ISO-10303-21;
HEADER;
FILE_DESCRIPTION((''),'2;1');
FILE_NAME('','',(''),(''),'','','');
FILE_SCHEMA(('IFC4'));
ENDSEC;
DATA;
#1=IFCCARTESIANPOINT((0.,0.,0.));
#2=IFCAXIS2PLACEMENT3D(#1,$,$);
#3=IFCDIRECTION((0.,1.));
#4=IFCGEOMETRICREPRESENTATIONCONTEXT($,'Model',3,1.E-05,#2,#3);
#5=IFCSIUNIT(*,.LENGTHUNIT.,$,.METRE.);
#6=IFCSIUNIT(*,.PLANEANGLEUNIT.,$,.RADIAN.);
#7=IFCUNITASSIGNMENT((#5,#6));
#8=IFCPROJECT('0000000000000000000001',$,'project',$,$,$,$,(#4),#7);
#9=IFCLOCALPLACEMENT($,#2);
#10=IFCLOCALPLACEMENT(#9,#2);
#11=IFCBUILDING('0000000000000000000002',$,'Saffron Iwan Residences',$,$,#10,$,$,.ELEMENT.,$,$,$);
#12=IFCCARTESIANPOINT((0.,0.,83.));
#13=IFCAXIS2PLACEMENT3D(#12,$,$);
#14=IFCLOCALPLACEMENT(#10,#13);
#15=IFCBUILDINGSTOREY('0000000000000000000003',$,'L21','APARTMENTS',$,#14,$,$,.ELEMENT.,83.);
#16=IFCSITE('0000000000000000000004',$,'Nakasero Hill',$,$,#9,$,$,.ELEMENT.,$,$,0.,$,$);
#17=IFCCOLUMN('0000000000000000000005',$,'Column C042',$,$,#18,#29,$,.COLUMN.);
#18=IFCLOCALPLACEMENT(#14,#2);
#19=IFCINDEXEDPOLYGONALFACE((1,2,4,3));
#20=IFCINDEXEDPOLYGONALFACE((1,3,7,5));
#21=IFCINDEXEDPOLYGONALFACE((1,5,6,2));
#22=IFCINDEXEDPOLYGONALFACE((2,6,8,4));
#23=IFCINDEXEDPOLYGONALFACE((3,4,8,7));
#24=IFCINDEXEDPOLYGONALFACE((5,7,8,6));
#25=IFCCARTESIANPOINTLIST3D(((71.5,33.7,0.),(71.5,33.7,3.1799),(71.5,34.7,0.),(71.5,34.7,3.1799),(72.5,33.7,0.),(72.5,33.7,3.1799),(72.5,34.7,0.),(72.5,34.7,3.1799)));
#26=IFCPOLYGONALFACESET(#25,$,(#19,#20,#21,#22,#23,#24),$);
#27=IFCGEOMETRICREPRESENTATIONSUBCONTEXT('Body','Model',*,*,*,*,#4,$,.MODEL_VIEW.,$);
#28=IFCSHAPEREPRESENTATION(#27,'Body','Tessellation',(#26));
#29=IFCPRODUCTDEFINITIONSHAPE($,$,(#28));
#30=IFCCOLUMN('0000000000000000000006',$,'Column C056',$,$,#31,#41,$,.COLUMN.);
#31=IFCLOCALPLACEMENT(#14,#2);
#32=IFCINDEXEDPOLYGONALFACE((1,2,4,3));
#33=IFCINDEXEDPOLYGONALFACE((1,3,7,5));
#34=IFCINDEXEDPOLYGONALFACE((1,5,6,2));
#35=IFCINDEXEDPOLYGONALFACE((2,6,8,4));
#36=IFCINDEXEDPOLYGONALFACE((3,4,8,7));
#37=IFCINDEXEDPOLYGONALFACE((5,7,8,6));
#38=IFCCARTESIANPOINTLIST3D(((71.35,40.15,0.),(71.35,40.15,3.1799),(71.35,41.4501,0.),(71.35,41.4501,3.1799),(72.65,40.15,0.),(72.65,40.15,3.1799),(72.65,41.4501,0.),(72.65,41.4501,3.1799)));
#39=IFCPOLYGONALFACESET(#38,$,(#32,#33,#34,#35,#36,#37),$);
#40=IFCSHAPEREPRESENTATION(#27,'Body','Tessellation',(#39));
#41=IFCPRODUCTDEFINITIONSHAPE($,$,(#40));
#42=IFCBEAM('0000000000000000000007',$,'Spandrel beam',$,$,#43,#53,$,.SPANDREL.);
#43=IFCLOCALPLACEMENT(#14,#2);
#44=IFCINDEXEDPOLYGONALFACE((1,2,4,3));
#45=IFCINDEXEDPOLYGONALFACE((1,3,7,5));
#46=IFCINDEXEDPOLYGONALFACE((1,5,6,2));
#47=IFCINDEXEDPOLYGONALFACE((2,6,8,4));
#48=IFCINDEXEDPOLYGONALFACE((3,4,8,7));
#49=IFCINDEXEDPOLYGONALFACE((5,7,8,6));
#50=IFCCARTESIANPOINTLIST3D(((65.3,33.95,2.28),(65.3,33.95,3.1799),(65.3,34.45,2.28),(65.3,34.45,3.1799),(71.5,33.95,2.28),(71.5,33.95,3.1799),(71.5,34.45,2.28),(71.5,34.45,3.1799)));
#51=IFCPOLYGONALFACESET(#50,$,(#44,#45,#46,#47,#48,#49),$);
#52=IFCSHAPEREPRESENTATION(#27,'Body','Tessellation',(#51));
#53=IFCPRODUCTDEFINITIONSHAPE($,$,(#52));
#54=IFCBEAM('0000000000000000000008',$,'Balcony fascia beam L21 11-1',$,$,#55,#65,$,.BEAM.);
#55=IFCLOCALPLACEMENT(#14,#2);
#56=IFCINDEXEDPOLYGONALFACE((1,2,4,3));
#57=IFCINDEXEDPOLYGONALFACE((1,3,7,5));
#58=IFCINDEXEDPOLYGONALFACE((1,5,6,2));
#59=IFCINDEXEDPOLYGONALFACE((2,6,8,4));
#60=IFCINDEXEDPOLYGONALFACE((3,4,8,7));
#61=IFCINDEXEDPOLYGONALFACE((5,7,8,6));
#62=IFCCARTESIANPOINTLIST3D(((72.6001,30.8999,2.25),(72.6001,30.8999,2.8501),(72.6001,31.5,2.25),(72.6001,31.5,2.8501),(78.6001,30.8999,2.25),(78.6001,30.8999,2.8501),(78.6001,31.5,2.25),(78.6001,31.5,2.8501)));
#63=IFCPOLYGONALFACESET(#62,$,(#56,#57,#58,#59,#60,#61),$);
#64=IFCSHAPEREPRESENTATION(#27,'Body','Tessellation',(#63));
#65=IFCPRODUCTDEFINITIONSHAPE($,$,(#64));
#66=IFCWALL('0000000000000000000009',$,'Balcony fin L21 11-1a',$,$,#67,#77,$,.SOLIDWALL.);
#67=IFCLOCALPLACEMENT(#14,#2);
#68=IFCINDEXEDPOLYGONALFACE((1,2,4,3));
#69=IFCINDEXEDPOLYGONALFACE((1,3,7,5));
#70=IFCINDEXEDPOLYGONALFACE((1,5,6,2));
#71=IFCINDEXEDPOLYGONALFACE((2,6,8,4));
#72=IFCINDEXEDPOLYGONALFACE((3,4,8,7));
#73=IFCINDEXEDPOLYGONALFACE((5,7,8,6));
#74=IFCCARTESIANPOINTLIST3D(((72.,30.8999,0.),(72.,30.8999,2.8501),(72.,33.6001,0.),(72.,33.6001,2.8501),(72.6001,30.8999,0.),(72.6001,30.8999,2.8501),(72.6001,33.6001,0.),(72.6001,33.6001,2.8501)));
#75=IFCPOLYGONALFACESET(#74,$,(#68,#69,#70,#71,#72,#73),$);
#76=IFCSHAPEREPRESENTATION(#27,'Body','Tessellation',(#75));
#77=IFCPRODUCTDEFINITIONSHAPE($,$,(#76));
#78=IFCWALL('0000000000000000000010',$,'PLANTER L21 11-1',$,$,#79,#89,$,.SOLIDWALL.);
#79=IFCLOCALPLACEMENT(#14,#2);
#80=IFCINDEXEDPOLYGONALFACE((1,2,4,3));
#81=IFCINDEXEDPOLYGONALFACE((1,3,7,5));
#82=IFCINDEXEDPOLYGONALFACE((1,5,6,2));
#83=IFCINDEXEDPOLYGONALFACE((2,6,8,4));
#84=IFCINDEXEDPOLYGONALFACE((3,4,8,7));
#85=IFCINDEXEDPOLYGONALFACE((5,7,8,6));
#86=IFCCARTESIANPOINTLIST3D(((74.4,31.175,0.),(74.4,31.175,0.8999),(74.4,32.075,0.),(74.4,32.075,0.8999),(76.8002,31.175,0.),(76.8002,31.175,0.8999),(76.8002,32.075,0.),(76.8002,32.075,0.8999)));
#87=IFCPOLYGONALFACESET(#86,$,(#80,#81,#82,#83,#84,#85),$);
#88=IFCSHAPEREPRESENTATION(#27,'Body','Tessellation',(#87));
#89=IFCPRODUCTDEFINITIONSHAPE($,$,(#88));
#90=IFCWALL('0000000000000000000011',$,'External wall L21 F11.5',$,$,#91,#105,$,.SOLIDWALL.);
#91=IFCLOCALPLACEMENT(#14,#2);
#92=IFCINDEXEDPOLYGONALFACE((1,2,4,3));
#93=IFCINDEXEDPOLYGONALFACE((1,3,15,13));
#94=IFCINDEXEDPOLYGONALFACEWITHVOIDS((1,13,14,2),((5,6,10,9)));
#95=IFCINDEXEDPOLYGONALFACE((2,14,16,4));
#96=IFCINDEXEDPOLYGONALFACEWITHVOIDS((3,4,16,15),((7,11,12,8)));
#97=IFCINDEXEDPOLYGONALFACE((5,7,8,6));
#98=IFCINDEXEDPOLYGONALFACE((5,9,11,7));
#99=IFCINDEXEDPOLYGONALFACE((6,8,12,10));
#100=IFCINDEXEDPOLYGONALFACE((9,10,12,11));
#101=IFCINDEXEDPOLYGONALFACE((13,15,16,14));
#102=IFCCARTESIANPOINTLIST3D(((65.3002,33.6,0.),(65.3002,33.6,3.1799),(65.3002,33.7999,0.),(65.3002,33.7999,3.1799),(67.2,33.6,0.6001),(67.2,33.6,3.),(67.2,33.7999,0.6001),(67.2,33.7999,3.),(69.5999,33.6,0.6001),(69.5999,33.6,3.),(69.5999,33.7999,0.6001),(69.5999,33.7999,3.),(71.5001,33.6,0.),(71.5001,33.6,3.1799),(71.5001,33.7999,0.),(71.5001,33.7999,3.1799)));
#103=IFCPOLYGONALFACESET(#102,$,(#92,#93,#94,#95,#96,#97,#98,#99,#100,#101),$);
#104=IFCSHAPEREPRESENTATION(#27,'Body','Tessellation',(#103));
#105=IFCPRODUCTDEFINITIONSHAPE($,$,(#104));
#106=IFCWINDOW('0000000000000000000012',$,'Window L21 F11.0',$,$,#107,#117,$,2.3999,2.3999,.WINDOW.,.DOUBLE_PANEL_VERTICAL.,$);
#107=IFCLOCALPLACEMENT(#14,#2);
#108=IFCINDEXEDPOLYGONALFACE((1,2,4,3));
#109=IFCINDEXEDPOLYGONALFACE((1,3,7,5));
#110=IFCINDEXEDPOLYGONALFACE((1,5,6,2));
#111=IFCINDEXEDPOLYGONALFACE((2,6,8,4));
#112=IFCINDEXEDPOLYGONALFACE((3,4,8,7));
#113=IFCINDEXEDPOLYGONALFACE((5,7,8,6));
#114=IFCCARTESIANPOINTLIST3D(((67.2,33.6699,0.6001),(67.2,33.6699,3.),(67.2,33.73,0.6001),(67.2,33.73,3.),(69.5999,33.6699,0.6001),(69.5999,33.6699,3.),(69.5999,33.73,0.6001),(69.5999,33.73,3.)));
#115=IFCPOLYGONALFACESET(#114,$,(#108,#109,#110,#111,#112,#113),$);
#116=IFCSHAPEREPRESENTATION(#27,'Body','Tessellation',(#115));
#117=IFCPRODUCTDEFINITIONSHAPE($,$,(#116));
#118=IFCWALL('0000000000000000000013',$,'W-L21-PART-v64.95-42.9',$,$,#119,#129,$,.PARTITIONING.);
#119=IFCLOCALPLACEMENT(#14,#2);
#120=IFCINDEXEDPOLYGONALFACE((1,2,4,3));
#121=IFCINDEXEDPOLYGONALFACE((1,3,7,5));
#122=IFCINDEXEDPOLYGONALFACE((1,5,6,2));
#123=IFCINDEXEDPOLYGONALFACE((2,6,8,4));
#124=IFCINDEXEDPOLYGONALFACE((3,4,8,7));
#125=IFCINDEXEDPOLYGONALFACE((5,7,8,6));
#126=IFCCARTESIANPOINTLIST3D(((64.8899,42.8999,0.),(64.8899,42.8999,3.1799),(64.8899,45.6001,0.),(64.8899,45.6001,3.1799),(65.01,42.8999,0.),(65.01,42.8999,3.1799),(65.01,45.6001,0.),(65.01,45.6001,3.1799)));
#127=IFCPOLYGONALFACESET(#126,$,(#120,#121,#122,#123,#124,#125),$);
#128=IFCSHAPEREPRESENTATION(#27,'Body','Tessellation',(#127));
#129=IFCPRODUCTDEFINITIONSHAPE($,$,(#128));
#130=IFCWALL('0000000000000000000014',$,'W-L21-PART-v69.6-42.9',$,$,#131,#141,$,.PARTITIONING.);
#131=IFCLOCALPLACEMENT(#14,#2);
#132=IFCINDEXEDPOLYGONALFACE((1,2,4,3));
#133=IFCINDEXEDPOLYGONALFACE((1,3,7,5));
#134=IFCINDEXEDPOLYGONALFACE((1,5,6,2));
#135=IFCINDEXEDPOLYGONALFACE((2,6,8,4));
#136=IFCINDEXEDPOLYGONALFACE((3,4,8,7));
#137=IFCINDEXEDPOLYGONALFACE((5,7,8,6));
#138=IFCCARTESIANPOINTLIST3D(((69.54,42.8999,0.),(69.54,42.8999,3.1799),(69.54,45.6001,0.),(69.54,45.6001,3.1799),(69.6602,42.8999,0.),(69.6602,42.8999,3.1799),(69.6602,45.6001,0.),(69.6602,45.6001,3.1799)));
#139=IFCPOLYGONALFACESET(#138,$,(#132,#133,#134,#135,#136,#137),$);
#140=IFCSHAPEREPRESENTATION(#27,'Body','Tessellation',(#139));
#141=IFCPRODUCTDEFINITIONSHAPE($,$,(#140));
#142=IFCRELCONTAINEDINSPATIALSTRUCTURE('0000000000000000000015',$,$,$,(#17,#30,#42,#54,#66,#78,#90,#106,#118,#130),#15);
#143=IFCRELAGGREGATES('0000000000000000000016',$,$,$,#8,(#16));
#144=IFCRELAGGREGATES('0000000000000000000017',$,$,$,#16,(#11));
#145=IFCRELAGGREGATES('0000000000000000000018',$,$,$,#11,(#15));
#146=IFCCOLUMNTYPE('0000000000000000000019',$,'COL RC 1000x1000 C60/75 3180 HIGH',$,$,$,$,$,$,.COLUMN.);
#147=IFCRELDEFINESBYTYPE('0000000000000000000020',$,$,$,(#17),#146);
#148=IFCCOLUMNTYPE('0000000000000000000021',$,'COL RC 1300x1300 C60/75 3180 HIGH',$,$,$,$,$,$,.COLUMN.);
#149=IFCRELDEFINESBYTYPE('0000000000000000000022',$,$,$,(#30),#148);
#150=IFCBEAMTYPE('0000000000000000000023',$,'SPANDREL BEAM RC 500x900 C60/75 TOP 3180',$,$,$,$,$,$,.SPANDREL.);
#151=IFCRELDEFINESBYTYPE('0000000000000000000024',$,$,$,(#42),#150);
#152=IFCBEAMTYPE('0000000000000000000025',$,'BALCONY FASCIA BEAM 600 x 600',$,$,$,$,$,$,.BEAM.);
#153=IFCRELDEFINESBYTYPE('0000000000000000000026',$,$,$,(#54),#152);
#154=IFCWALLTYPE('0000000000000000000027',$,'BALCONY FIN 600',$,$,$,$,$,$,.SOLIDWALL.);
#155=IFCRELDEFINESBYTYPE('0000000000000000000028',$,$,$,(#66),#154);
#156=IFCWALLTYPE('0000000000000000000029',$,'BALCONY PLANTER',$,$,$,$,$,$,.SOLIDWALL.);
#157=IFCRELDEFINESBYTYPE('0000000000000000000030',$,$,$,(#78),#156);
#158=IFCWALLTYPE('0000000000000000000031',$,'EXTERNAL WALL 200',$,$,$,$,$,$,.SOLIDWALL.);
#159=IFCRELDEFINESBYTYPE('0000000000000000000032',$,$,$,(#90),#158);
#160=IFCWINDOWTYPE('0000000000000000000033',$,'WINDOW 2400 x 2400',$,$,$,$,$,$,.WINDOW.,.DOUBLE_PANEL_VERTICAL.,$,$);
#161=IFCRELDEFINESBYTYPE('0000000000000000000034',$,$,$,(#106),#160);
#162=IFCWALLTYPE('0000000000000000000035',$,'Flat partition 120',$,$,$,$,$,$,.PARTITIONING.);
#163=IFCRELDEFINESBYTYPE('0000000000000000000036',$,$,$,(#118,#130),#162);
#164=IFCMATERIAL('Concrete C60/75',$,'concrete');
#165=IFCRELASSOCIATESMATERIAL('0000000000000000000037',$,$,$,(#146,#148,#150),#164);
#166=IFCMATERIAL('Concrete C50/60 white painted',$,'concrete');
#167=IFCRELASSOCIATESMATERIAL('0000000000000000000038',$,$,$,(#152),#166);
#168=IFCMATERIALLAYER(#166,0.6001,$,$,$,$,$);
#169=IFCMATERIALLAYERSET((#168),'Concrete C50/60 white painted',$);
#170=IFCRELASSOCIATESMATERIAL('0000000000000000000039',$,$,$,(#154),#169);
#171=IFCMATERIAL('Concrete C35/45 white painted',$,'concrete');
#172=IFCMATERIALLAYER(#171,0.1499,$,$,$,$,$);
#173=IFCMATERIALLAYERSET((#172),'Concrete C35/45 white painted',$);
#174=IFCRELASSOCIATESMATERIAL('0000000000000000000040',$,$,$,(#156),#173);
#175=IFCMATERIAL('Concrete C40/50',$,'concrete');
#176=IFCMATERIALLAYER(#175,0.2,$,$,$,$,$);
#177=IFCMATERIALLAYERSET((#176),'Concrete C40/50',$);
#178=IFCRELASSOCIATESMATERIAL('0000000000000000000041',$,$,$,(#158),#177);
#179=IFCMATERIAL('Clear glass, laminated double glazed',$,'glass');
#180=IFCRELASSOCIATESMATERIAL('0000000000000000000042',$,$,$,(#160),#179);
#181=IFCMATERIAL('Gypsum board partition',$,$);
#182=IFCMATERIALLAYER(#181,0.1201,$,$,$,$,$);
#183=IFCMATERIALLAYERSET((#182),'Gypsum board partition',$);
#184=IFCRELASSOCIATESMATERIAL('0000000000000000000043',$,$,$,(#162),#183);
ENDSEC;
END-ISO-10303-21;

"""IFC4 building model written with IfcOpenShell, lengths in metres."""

from ifc_helpers import new_model, si_unit, direction, frame, frame_2d, origin, origin_2d, place, context, subcontext, project, spatial, rectangle, extrude, source, transform, mapped, material, layer, layer_set, material_profile, profile_set, type_object, element, fill, save


model = new_model("IFC4")

# Units and contexts
model_context = context("Model", 3, precision=1e-05, world=origin(), true_north=direction((0.0, 1.0)))
body_context = subcontext(model_context, "Body", "Model", "MODEL_VIEW")
ifc_project = project(units=[si_unit("LENGTHUNIT", "METRE"), si_unit("PLANEANGLEUNIT", "RADIAN")], contexts=[model_context])

# Site, building, storey
site_placement = place(None, origin())
site = spatial("IfcSite", under=ifc_project, at=site_placement, Name="Nakasero Hill", CompositionType="ELEMENT", RefElevation=0.0)
building_placement = place(site_placement, origin())
building = spatial("IfcBuilding", under=site, at=building_placement, Name="Saffron Iwan Residences", CompositionType="ELEMENT")
storey_placement = place(building_placement, frame((0.0, 0.0, 83.0)))
storey = spatial("IfcBuildingStorey", under=building, at=storey_placement, Name="L21", Description="APARTMENTS", CompositionType="ELEMENT", Elevation=83.0)

# Columns
ifc_material_1 = material(Name="Concrete C60/75", Category="concrete")
ifc_material_profile_1 = material_profile(ifc_material_1, rectangle(XDim=1.0, YDim=1.0, at=origin_2d()), Name="RC 1000x1000")
ifc_profile_set_1 = profile_set([ifc_material_profile_1], Name="Concrete C60/75")
column_type_1 = type_object("IfcColumnType", Name="COL RC 1000x1000 C60/75 3180 HIGH", PredefinedType="COLUMN", material=ifc_profile_set_1)
shared_shape_1 = source(origin(), body_context, "Body", "SweptSolid", [
    extrude(rectangle(XDim=1.0, YDim=1.0, at=origin_2d()), origin(), (0.0, 0.0, 1.0), 3.1799),
])
column_1_placement = place(storey_placement, frame((72.0, 34.2, 0.0), z_axis=(0.0, 0.0, 1.0), x_axis=(1.0, 0.0, 0.0)))
element("IfcColumn", 1, at=column_1_placement, inside=storey, type_object=column_type_1, Name="Column C042", PredefinedType="COLUMN", context=body_context, shape_type="MappedRepresentation", body=[
    mapped(shared_shape_1, transform((0.0, 0.0, 0.0))),
])
ifc_material_profile_2 = material_profile(ifc_material_1, rectangle(XDim=1.3, YDim=1.3, at=origin_2d()), Name="RC 1300x1300")
ifc_profile_set_2 = profile_set([ifc_material_profile_2], Name="Concrete C60/75")
column_type_2 = type_object("IfcColumnType", Name="COL RC 1300x1300 C60/75 3180 HIGH", PredefinedType="COLUMN", material=ifc_profile_set_2)
shared_shape_2 = source(origin(), body_context, "Body", "SweptSolid", [
    extrude(rectangle(XDim=1.3, YDim=1.3, at=origin_2d()), origin(), (0.0, 0.0, 1.0), 3.1799),
])
column_2_placement = place(storey_placement, frame((72.0, 40.8, 0.0), z_axis=(0.0, 0.0, 1.0), x_axis=(1.0, 0.0, 0.0)))
element("IfcColumn", 2, at=column_2_placement, inside=storey, type_object=column_type_2, Name="Column C056", PredefinedType="COLUMN", context=body_context, shape_type="MappedRepresentation", body=[
    mapped(shared_shape_2, transform((0.0, 0.0, 0.0))),
])

# Beams
ifc_material_profile_3 = material_profile(ifc_material_1, rectangle(XDim=0.5, YDim=0.8999, at=origin_2d()), Name="RC 500x900")
ifc_profile_set_3 = profile_set([ifc_material_profile_3], Name="Concrete C60/75")
beam_type_1 = type_object("IfcBeamType", Name="SPANDREL BEAM RC 500x900 C60/75 TOP 3180", PredefinedType="SPANDREL", material=ifc_profile_set_3)
shared_shape_3 = source(origin(), body_context, "Body", "SweptSolid", [
    extrude(rectangle(XDim=0.5, YDim=0.8999, at=origin_2d()), origin(), (0.0, 0.0, 1.0), 6.2),
])
beam_1_placement = place(storey_placement, frame((71.5, 34.2, 2.73), z_axis=(-1.0, 0.0, 0.0), x_axis=(0.0, -1.0, 0.0)))
element("IfcBeam", 3, at=beam_1_placement, inside=storey, type_object=beam_type_1, Name="Spandrel beam", PredefinedType="SPANDREL", context=body_context, shape_type="MappedRepresentation", body=[
    mapped(shared_shape_3, transform((0.0, 0.0, 0.0))),
])
ifc_material_2 = material(Name="Concrete C50/60 white painted", Category="concrete")
ifc_material_profile_4 = material_profile(ifc_material_2, rectangle(XDim=0.6001, YDim=0.6001, at=origin_2d()), Name="BALCONY FASCIA BEAM 600 x 600")
ifc_profile_set_4 = profile_set([ifc_material_profile_4], Name="Concrete C50/60 white painted")
beam_type_2 = type_object("IfcBeamType", Name="BALCONY FASCIA BEAM 600 x 600", PredefinedType="BEAM", material=ifc_profile_set_4)
shared_shape_4 = source(origin(), body_context, "Body", "SweptSolid", [
    extrude(rectangle(XDim=0.6001, YDim=0.6001, at=origin_2d()), origin(), (0.0, 0.0, 1.0), 6.0),
])
beam_2_placement = place(storey_placement, frame((72.6001, 31.2, 2.55), z_axis=(1.0, 0.0, 0.0), x_axis=(0.0, 1.0, 0.0)))
element("IfcBeam", 4, at=beam_2_placement, inside=storey, type_object=beam_type_2, Name="Balcony fascia beam L21 11-1", PredefinedType="BEAM", context=body_context, shape_type="MappedRepresentation", body=[
    mapped(shared_shape_4, transform((0.0, 0.0, 0.0))),
])

# Walls
ifc_layer_1 = layer(ifc_material_2, 0.6001)
ifc_layer_set_1 = layer_set([ifc_layer_1], Name="Concrete C50/60 white painted")
wall_type_1 = type_object("IfcWallType", Name="BALCONY FIN 600", PredefinedType="SOLIDWALL", material=ifc_layer_set_1)
wall_1_placement = place(storey_placement, frame((72.3, 33.6001, 0.0), z_axis=(0.0, 0.0, 1.0), x_axis=(0.0, -1.0, 0.0)))
element("IfcWall", 5, at=wall_1_placement, inside=storey, type_object=wall_type_1, Name="Balcony fin L21 11-1a", PredefinedType="SOLIDWALL", context=body_context, shape_type="SweptSolid", body=[
    extrude(rectangle(XDim=2.7002, YDim=0.6001, at=frame_2d((1.3501, 0.0))), origin(), (0.0, 0.0, 1.0), 2.8501),
])
ifc_material_3 = material(Name="Concrete C35/45 white painted", Category="concrete")
ifc_layer_2 = layer(ifc_material_3, 0.1499)
ifc_layer_set_2 = layer_set([ifc_layer_2], Name="Concrete C35/45 white painted")
wall_type_2 = type_object("IfcWallType", Name="BALCONY PLANTER", PredefinedType="SOLIDWALL", material=ifc_layer_set_2)
wall_2_placement = place(storey_placement, frame((74.3999, 31.625, 0.0), z_axis=(0.0, 0.0, 1.0), x_axis=(1.0, 0.0, 0.0)))
element("IfcWall", 6, at=wall_2_placement, inside=storey, type_object=wall_type_2, Name="PLANTER L21 11-1", PredefinedType="SOLIDWALL", context=body_context, shape_type="SweptSolid", body=[
    extrude(rectangle(XDim=2.4001, YDim=0.8999, at=frame_2d((1.2002, 0.0))), origin(), (0.0, 0.0, 1.0), 0.8999),
])

# Wall, opening, window
ifc_material_4 = material(Name="Concrete C40/50", Category="concrete")
ifc_layer_3 = layer(ifc_material_4, 0.2)
ifc_layer_set_3 = layer_set([ifc_layer_3], Name="Concrete C40/50")
wall_type_3 = type_object("IfcWallType", Name="EXTERNAL WALL 200", PredefinedType="SOLIDWALL", material=ifc_layer_set_3)
wall_3_placement = place(storey_placement, frame((65.3, 33.7, 0.0), z_axis=(0.0, 0.0, 1.0), x_axis=(1.0, 0.0, 0.0)))
wall_3 = element("IfcWall", 7, at=wall_3_placement, inside=storey, type_object=wall_type_3, Name="External wall L21 F11.5", PredefinedType="SOLIDWALL", context=body_context, shape_type="SweptSolid", body=[
    extrude(rectangle(XDim=6.2, YDim=0.2, at=frame_2d((3.1001, 0.0))), origin(), (0.0, 0.0, 1.0), 3.1799),
])
opening_1_placement = place(wall_3_placement, frame((1.8999, 0.0, 0.6001)))
opening_1 = element("IfcOpeningElement", 8, at=opening_1_placement, cuts=wall_3, PredefinedType="OPENING", context=body_context, shape_type="SweptSolid", body=[
    extrude(rectangle(XDim=2.3999, YDim=2.3999, at=frame_2d((1.2, 1.2))), frame((0.0, 0.1099, 0.0), z_axis=(0.0, -1.0, 0.0), x_axis=(1.0, 0.0, 0.0)), (0.0, 0.0, 1.0), 0.22),
])
ifc_material_5 = material(Name="Clear glass, laminated double glazed", Category="glass")
window_type_1 = type_object("IfcWindowType", Name="WINDOW 2400 x 2400", PartitioningType="DOUBLE_PANEL_VERTICAL", PredefinedType="WINDOW", material=ifc_material_5)
window_1_placement = place(opening_1_placement, origin())
window_1 = element("IfcWindow", 9, at=window_1_placement, inside=storey, type_object=window_type_1, Name="Window L21 F11.0", OverallHeight=2.3999, OverallWidth=2.3999, PartitioningType="DOUBLE_PANEL_VERTICAL", PredefinedType="WINDOW", context=body_context, shape_type="SweptSolid", body=[
    extrude(rectangle(XDim=2.3999, YDim=2.3999, at=frame_2d((1.2, 1.2))), frame((0.0, 0.03, 0.0), z_axis=(0.0, -1.0, 0.0), x_axis=(1.0, 0.0, 0.0)), (0.0, 0.0, 1.0), 0.0601),
])
fill(opening_1, window_1)

# Walls
ifc_material_6 = material(Name="Gypsum board partition")
ifc_layer_4 = layer(ifc_material_6, 0.1201)
ifc_layer_set_4 = layer_set([ifc_layer_4], Name="Gypsum board partition")
wall_type_4 = type_object("IfcWallType", Name="Flat partition 120", PredefinedType="PARTITIONING", material=ifc_layer_set_4)
for number, where, z_axis, x_axis, name in (
    (10, (64.95, 42.8999, 0.0), (0.0, 0.0, 1.0), (0.0, 1.0, 0.0), "W-L21-PART-v64.95-42.9"),
    (11, (69.6001, 42.8999, 0.0), (0.0, 0.0, 1.0), (0.0, 1.0, 0.0), "W-L21-PART-v69.6-42.9"),
):
    element("IfcWall", number, at=place(storey_placement, frame(where, z_axis=z_axis, x_axis=x_axis)), inside=storey, type_object=wall_type_4, Name=name, PredefinedType="PARTITIONING", context=body_context, shape_type="SweptSolid", body=[
        extrude(rectangle(XDim=2.7002, YDim=0.1201, at=frame_2d((1.3501, 0.0))), origin(), (0.0, 0.0, 1.0), 3.1799),
    ])

save(model, "model.ifc")
